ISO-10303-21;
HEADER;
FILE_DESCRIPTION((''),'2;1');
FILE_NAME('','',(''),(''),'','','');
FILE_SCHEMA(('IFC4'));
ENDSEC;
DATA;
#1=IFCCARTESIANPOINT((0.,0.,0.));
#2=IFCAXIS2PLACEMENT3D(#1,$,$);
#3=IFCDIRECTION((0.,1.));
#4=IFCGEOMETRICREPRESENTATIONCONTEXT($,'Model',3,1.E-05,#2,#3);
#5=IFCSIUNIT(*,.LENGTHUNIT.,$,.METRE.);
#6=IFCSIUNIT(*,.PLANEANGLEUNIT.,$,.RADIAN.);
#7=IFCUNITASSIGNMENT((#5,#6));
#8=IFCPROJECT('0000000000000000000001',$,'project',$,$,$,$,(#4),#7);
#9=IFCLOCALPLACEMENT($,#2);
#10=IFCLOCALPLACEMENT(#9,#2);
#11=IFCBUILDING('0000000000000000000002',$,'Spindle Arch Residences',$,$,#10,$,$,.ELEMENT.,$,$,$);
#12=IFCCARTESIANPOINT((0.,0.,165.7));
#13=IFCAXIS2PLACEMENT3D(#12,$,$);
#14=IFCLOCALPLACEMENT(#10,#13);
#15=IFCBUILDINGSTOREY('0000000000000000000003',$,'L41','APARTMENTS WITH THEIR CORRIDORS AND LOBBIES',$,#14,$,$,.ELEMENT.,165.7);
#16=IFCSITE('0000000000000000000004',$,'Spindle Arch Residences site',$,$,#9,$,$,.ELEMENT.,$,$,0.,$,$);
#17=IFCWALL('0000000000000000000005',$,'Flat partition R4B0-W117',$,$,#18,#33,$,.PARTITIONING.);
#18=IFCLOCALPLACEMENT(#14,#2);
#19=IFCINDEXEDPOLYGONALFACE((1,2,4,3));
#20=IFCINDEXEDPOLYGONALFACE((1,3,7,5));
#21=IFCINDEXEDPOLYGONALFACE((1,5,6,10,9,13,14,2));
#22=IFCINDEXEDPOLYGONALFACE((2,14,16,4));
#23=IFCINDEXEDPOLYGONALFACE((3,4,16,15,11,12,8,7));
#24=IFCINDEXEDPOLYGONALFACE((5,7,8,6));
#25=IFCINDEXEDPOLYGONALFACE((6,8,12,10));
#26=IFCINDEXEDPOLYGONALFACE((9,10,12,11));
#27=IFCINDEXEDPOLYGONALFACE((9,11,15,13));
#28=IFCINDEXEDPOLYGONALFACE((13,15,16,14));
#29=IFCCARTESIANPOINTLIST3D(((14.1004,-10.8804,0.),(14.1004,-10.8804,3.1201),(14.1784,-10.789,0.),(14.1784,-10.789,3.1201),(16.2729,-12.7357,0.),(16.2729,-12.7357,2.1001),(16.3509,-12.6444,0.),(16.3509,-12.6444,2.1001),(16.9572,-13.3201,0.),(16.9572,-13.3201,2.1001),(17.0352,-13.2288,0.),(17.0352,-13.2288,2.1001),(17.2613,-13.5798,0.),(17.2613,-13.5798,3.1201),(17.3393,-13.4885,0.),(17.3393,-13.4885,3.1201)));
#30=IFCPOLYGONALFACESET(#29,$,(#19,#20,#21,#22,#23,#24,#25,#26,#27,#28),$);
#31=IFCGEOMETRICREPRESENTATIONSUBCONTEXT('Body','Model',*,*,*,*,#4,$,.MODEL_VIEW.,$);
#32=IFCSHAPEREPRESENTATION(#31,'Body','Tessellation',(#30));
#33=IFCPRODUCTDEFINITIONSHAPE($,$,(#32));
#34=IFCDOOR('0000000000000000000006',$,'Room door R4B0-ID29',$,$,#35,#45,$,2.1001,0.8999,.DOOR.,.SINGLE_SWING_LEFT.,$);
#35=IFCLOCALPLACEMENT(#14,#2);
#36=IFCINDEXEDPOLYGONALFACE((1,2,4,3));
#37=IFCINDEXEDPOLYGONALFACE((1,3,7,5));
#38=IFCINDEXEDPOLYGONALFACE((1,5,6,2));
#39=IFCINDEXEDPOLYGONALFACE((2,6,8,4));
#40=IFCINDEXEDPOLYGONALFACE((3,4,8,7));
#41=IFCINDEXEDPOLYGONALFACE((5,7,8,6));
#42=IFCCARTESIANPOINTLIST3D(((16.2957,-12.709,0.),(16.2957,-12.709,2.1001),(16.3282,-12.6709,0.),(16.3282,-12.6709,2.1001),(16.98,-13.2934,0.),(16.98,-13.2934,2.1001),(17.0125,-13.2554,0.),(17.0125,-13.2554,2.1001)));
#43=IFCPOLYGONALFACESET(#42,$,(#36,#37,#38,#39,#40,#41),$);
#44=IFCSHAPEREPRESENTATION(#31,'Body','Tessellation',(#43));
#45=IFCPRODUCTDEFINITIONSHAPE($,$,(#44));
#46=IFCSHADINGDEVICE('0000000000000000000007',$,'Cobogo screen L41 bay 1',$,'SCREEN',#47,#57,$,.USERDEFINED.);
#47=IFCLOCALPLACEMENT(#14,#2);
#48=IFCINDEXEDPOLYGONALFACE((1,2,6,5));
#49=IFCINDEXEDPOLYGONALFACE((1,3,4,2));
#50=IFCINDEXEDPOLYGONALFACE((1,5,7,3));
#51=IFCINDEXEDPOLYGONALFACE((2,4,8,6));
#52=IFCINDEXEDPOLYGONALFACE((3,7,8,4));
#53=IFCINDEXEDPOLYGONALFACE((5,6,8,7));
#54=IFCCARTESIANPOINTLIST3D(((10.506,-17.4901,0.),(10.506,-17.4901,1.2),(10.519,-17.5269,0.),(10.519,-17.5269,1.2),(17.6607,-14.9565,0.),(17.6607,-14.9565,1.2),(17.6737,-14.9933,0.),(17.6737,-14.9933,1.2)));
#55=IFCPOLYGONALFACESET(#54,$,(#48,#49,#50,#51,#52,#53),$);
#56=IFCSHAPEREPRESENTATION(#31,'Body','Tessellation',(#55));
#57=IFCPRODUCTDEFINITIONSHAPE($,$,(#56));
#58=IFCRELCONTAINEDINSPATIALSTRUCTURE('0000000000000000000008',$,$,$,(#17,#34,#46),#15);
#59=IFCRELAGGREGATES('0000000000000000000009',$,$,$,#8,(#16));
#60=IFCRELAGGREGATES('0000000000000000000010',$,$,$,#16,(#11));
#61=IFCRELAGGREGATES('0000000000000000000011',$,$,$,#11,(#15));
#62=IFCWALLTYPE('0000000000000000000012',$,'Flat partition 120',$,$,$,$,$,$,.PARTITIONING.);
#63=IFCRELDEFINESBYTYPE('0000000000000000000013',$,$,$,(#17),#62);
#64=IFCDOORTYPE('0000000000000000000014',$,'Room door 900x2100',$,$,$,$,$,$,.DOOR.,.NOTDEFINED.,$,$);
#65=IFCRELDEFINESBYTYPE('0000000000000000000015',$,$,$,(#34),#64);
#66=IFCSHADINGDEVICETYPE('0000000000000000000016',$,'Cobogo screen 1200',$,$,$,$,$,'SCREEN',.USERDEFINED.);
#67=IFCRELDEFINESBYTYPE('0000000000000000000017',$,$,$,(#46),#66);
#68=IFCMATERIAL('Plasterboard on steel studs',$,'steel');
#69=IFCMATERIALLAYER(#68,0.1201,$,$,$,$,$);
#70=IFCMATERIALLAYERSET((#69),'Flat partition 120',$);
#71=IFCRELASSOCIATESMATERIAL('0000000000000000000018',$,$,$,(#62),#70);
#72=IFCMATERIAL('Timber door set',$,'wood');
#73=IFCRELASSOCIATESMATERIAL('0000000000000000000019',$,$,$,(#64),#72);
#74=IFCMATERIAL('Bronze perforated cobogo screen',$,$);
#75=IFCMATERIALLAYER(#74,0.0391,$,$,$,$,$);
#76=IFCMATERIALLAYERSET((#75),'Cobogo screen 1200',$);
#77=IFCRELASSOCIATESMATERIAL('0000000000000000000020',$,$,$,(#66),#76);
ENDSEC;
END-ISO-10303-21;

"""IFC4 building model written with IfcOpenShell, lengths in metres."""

from ifc_helpers import new_model, si_unit, direction, frame, frame_2d, origin, origin_2d, place, context, subcontext, project, spatial, rectangle, extrude, material, layer, layer_set, type_object, element, fill, save


model = new_model("IFC4")

# Units and contexts
model_context = context("Model", 3, precision=1e-05, world=origin(), true_north=direction((0.0, 1.0)))
body_context = subcontext(model_context, "Body", "Model", "MODEL_VIEW")
ifc_project = project(units=[si_unit("LENGTHUNIT", "METRE"), si_unit("PLANEANGLEUNIT", "RADIAN")], contexts=[model_context])

# Site, building, storey
site_placement = place(None, origin())
site = spatial("IfcSite", under=ifc_project, at=site_placement, Name="Spindle Arch Residences site", CompositionType="ELEMENT", RefElevation=0.0)
building_placement = place(site_placement, origin())
building = spatial("IfcBuilding", under=site, at=building_placement, Name="Spindle Arch Residences", CompositionType="ELEMENT")
storey_placement = place(building_placement, frame((0.0, 0.0, 165.7)))
storey = spatial("IfcBuildingStorey", under=building, at=storey_placement, Name="L41", Description="APARTMENTS WITH THEIR CORRIDORS AND LOBBIES", CompositionType="ELEMENT", Elevation=165.7)

# Wall, opening, door
ifc_material_1 = material(Name="Plasterboard on steel studs", Category="steel")
ifc_layer_1 = layer(ifc_material_1, 0.1201)
ifc_layer_set_1 = layer_set([ifc_layer_1], Name="Flat partition 120")
wall_type = type_object("IfcWallType", Name="Flat partition 120", PredefinedType="PARTITIONING", material=ifc_layer_set_1)
wall_placement = place(storey_placement, frame((17.3003, -13.5342, 0.0), z_axis=(0.0, 0.0, 1.0), x_axis=(-0.760429, 0.649421, 0.0)))
wall = element("IfcWall", 1, at=wall_placement, inside=storey, type_object=wall_type, Name="Flat partition R4B0-W117", PredefinedType="PARTITIONING", context=body_context, shape_type="SweptSolid", body=[
    extrude(rectangle(XDim=4.1567, YDim=0.1201, at=frame_2d((2.0784, 0.0))), origin(), (0.0, 0.0, 1.0), 3.1201),
])
opening_placement = place(wall_placement, frame((0.3999, 0.0, 0.0)))
opening = element("IfcOpeningElement", 2, at=opening_placement, cuts=wall, PredefinedType="OPENING", context=body_context, shape_type="SweptSolid", body=[
    extrude(rectangle(XDim=0.8999, YDim=2.1001, at=frame_2d((0.45, 1.05))), frame((0.0, 0.0701, 0.0), z_axis=(0.0, -1.0, 0.0), x_axis=(1.0, 0.0, 0.0)), (0.0, 0.0, 1.0), 0.1401),
])
ifc_material_2 = material(Name="Timber door set", Category="wood")
door_type = type_object("IfcDoorType", Name="Room door 900x2100", OperationType="NOTDEFINED", PredefinedType="DOOR", material=ifc_material_2)
door_placement = place(opening_placement, origin())
door = element("IfcDoor", 3, at=door_placement, inside=storey, type_object=door_type, Name="Room door R4B0-ID29", OperationType="SINGLE_SWING_LEFT", OverallHeight=2.1001, OverallWidth=0.8999, PredefinedType="DOOR", context=body_context, shape_type="SweptSolid", body=[
    extrude(rectangle(XDim=0.8999, YDim=2.1001, at=frame_2d((0.45, 1.05))), frame((0.0, 0.0249, 0.0), z_axis=(0.0, -1.0, 0.0), x_axis=(1.0, 0.0, 0.0)), (0.0, 0.0, 1.0), 0.05),
])
fill(opening, door)

# Shading device
ifc_material_3 = material(Name="Bronze perforated cobogo screen")
ifc_layer_2 = layer(ifc_material_3, 0.0391)
ifc_layer_set_2 = layer_set([ifc_layer_2], Name="Cobogo screen 1200")
shading_device_type = type_object("IfcShadingDeviceType", Name="Cobogo screen 1200", ElementType="SCREEN", PredefinedType="USERDEFINED", material=ifc_layer_set_2)
shading_device_placement = place(storey_placement, frame((14.0898, -16.2417, 0.0), z_axis=(0.0, 0.0, 1.0), x_axis=(0.942641, 0.333807, 0.0)))
element("IfcShadingDevice", 4, at=shading_device_placement, inside=storey, type_object=shading_device_type, Name="Cobogo screen L41 bay 1", ObjectType="SCREEN", PredefinedType="USERDEFINED", context=body_context, shape_type="SweptSolid", body=[
    extrude(rectangle(XDim=7.5901, YDim=0.0391, at=origin_2d()), origin(), (0.0, 0.0, 1.0), 1.2),
])

save(model, "model.ifc")
